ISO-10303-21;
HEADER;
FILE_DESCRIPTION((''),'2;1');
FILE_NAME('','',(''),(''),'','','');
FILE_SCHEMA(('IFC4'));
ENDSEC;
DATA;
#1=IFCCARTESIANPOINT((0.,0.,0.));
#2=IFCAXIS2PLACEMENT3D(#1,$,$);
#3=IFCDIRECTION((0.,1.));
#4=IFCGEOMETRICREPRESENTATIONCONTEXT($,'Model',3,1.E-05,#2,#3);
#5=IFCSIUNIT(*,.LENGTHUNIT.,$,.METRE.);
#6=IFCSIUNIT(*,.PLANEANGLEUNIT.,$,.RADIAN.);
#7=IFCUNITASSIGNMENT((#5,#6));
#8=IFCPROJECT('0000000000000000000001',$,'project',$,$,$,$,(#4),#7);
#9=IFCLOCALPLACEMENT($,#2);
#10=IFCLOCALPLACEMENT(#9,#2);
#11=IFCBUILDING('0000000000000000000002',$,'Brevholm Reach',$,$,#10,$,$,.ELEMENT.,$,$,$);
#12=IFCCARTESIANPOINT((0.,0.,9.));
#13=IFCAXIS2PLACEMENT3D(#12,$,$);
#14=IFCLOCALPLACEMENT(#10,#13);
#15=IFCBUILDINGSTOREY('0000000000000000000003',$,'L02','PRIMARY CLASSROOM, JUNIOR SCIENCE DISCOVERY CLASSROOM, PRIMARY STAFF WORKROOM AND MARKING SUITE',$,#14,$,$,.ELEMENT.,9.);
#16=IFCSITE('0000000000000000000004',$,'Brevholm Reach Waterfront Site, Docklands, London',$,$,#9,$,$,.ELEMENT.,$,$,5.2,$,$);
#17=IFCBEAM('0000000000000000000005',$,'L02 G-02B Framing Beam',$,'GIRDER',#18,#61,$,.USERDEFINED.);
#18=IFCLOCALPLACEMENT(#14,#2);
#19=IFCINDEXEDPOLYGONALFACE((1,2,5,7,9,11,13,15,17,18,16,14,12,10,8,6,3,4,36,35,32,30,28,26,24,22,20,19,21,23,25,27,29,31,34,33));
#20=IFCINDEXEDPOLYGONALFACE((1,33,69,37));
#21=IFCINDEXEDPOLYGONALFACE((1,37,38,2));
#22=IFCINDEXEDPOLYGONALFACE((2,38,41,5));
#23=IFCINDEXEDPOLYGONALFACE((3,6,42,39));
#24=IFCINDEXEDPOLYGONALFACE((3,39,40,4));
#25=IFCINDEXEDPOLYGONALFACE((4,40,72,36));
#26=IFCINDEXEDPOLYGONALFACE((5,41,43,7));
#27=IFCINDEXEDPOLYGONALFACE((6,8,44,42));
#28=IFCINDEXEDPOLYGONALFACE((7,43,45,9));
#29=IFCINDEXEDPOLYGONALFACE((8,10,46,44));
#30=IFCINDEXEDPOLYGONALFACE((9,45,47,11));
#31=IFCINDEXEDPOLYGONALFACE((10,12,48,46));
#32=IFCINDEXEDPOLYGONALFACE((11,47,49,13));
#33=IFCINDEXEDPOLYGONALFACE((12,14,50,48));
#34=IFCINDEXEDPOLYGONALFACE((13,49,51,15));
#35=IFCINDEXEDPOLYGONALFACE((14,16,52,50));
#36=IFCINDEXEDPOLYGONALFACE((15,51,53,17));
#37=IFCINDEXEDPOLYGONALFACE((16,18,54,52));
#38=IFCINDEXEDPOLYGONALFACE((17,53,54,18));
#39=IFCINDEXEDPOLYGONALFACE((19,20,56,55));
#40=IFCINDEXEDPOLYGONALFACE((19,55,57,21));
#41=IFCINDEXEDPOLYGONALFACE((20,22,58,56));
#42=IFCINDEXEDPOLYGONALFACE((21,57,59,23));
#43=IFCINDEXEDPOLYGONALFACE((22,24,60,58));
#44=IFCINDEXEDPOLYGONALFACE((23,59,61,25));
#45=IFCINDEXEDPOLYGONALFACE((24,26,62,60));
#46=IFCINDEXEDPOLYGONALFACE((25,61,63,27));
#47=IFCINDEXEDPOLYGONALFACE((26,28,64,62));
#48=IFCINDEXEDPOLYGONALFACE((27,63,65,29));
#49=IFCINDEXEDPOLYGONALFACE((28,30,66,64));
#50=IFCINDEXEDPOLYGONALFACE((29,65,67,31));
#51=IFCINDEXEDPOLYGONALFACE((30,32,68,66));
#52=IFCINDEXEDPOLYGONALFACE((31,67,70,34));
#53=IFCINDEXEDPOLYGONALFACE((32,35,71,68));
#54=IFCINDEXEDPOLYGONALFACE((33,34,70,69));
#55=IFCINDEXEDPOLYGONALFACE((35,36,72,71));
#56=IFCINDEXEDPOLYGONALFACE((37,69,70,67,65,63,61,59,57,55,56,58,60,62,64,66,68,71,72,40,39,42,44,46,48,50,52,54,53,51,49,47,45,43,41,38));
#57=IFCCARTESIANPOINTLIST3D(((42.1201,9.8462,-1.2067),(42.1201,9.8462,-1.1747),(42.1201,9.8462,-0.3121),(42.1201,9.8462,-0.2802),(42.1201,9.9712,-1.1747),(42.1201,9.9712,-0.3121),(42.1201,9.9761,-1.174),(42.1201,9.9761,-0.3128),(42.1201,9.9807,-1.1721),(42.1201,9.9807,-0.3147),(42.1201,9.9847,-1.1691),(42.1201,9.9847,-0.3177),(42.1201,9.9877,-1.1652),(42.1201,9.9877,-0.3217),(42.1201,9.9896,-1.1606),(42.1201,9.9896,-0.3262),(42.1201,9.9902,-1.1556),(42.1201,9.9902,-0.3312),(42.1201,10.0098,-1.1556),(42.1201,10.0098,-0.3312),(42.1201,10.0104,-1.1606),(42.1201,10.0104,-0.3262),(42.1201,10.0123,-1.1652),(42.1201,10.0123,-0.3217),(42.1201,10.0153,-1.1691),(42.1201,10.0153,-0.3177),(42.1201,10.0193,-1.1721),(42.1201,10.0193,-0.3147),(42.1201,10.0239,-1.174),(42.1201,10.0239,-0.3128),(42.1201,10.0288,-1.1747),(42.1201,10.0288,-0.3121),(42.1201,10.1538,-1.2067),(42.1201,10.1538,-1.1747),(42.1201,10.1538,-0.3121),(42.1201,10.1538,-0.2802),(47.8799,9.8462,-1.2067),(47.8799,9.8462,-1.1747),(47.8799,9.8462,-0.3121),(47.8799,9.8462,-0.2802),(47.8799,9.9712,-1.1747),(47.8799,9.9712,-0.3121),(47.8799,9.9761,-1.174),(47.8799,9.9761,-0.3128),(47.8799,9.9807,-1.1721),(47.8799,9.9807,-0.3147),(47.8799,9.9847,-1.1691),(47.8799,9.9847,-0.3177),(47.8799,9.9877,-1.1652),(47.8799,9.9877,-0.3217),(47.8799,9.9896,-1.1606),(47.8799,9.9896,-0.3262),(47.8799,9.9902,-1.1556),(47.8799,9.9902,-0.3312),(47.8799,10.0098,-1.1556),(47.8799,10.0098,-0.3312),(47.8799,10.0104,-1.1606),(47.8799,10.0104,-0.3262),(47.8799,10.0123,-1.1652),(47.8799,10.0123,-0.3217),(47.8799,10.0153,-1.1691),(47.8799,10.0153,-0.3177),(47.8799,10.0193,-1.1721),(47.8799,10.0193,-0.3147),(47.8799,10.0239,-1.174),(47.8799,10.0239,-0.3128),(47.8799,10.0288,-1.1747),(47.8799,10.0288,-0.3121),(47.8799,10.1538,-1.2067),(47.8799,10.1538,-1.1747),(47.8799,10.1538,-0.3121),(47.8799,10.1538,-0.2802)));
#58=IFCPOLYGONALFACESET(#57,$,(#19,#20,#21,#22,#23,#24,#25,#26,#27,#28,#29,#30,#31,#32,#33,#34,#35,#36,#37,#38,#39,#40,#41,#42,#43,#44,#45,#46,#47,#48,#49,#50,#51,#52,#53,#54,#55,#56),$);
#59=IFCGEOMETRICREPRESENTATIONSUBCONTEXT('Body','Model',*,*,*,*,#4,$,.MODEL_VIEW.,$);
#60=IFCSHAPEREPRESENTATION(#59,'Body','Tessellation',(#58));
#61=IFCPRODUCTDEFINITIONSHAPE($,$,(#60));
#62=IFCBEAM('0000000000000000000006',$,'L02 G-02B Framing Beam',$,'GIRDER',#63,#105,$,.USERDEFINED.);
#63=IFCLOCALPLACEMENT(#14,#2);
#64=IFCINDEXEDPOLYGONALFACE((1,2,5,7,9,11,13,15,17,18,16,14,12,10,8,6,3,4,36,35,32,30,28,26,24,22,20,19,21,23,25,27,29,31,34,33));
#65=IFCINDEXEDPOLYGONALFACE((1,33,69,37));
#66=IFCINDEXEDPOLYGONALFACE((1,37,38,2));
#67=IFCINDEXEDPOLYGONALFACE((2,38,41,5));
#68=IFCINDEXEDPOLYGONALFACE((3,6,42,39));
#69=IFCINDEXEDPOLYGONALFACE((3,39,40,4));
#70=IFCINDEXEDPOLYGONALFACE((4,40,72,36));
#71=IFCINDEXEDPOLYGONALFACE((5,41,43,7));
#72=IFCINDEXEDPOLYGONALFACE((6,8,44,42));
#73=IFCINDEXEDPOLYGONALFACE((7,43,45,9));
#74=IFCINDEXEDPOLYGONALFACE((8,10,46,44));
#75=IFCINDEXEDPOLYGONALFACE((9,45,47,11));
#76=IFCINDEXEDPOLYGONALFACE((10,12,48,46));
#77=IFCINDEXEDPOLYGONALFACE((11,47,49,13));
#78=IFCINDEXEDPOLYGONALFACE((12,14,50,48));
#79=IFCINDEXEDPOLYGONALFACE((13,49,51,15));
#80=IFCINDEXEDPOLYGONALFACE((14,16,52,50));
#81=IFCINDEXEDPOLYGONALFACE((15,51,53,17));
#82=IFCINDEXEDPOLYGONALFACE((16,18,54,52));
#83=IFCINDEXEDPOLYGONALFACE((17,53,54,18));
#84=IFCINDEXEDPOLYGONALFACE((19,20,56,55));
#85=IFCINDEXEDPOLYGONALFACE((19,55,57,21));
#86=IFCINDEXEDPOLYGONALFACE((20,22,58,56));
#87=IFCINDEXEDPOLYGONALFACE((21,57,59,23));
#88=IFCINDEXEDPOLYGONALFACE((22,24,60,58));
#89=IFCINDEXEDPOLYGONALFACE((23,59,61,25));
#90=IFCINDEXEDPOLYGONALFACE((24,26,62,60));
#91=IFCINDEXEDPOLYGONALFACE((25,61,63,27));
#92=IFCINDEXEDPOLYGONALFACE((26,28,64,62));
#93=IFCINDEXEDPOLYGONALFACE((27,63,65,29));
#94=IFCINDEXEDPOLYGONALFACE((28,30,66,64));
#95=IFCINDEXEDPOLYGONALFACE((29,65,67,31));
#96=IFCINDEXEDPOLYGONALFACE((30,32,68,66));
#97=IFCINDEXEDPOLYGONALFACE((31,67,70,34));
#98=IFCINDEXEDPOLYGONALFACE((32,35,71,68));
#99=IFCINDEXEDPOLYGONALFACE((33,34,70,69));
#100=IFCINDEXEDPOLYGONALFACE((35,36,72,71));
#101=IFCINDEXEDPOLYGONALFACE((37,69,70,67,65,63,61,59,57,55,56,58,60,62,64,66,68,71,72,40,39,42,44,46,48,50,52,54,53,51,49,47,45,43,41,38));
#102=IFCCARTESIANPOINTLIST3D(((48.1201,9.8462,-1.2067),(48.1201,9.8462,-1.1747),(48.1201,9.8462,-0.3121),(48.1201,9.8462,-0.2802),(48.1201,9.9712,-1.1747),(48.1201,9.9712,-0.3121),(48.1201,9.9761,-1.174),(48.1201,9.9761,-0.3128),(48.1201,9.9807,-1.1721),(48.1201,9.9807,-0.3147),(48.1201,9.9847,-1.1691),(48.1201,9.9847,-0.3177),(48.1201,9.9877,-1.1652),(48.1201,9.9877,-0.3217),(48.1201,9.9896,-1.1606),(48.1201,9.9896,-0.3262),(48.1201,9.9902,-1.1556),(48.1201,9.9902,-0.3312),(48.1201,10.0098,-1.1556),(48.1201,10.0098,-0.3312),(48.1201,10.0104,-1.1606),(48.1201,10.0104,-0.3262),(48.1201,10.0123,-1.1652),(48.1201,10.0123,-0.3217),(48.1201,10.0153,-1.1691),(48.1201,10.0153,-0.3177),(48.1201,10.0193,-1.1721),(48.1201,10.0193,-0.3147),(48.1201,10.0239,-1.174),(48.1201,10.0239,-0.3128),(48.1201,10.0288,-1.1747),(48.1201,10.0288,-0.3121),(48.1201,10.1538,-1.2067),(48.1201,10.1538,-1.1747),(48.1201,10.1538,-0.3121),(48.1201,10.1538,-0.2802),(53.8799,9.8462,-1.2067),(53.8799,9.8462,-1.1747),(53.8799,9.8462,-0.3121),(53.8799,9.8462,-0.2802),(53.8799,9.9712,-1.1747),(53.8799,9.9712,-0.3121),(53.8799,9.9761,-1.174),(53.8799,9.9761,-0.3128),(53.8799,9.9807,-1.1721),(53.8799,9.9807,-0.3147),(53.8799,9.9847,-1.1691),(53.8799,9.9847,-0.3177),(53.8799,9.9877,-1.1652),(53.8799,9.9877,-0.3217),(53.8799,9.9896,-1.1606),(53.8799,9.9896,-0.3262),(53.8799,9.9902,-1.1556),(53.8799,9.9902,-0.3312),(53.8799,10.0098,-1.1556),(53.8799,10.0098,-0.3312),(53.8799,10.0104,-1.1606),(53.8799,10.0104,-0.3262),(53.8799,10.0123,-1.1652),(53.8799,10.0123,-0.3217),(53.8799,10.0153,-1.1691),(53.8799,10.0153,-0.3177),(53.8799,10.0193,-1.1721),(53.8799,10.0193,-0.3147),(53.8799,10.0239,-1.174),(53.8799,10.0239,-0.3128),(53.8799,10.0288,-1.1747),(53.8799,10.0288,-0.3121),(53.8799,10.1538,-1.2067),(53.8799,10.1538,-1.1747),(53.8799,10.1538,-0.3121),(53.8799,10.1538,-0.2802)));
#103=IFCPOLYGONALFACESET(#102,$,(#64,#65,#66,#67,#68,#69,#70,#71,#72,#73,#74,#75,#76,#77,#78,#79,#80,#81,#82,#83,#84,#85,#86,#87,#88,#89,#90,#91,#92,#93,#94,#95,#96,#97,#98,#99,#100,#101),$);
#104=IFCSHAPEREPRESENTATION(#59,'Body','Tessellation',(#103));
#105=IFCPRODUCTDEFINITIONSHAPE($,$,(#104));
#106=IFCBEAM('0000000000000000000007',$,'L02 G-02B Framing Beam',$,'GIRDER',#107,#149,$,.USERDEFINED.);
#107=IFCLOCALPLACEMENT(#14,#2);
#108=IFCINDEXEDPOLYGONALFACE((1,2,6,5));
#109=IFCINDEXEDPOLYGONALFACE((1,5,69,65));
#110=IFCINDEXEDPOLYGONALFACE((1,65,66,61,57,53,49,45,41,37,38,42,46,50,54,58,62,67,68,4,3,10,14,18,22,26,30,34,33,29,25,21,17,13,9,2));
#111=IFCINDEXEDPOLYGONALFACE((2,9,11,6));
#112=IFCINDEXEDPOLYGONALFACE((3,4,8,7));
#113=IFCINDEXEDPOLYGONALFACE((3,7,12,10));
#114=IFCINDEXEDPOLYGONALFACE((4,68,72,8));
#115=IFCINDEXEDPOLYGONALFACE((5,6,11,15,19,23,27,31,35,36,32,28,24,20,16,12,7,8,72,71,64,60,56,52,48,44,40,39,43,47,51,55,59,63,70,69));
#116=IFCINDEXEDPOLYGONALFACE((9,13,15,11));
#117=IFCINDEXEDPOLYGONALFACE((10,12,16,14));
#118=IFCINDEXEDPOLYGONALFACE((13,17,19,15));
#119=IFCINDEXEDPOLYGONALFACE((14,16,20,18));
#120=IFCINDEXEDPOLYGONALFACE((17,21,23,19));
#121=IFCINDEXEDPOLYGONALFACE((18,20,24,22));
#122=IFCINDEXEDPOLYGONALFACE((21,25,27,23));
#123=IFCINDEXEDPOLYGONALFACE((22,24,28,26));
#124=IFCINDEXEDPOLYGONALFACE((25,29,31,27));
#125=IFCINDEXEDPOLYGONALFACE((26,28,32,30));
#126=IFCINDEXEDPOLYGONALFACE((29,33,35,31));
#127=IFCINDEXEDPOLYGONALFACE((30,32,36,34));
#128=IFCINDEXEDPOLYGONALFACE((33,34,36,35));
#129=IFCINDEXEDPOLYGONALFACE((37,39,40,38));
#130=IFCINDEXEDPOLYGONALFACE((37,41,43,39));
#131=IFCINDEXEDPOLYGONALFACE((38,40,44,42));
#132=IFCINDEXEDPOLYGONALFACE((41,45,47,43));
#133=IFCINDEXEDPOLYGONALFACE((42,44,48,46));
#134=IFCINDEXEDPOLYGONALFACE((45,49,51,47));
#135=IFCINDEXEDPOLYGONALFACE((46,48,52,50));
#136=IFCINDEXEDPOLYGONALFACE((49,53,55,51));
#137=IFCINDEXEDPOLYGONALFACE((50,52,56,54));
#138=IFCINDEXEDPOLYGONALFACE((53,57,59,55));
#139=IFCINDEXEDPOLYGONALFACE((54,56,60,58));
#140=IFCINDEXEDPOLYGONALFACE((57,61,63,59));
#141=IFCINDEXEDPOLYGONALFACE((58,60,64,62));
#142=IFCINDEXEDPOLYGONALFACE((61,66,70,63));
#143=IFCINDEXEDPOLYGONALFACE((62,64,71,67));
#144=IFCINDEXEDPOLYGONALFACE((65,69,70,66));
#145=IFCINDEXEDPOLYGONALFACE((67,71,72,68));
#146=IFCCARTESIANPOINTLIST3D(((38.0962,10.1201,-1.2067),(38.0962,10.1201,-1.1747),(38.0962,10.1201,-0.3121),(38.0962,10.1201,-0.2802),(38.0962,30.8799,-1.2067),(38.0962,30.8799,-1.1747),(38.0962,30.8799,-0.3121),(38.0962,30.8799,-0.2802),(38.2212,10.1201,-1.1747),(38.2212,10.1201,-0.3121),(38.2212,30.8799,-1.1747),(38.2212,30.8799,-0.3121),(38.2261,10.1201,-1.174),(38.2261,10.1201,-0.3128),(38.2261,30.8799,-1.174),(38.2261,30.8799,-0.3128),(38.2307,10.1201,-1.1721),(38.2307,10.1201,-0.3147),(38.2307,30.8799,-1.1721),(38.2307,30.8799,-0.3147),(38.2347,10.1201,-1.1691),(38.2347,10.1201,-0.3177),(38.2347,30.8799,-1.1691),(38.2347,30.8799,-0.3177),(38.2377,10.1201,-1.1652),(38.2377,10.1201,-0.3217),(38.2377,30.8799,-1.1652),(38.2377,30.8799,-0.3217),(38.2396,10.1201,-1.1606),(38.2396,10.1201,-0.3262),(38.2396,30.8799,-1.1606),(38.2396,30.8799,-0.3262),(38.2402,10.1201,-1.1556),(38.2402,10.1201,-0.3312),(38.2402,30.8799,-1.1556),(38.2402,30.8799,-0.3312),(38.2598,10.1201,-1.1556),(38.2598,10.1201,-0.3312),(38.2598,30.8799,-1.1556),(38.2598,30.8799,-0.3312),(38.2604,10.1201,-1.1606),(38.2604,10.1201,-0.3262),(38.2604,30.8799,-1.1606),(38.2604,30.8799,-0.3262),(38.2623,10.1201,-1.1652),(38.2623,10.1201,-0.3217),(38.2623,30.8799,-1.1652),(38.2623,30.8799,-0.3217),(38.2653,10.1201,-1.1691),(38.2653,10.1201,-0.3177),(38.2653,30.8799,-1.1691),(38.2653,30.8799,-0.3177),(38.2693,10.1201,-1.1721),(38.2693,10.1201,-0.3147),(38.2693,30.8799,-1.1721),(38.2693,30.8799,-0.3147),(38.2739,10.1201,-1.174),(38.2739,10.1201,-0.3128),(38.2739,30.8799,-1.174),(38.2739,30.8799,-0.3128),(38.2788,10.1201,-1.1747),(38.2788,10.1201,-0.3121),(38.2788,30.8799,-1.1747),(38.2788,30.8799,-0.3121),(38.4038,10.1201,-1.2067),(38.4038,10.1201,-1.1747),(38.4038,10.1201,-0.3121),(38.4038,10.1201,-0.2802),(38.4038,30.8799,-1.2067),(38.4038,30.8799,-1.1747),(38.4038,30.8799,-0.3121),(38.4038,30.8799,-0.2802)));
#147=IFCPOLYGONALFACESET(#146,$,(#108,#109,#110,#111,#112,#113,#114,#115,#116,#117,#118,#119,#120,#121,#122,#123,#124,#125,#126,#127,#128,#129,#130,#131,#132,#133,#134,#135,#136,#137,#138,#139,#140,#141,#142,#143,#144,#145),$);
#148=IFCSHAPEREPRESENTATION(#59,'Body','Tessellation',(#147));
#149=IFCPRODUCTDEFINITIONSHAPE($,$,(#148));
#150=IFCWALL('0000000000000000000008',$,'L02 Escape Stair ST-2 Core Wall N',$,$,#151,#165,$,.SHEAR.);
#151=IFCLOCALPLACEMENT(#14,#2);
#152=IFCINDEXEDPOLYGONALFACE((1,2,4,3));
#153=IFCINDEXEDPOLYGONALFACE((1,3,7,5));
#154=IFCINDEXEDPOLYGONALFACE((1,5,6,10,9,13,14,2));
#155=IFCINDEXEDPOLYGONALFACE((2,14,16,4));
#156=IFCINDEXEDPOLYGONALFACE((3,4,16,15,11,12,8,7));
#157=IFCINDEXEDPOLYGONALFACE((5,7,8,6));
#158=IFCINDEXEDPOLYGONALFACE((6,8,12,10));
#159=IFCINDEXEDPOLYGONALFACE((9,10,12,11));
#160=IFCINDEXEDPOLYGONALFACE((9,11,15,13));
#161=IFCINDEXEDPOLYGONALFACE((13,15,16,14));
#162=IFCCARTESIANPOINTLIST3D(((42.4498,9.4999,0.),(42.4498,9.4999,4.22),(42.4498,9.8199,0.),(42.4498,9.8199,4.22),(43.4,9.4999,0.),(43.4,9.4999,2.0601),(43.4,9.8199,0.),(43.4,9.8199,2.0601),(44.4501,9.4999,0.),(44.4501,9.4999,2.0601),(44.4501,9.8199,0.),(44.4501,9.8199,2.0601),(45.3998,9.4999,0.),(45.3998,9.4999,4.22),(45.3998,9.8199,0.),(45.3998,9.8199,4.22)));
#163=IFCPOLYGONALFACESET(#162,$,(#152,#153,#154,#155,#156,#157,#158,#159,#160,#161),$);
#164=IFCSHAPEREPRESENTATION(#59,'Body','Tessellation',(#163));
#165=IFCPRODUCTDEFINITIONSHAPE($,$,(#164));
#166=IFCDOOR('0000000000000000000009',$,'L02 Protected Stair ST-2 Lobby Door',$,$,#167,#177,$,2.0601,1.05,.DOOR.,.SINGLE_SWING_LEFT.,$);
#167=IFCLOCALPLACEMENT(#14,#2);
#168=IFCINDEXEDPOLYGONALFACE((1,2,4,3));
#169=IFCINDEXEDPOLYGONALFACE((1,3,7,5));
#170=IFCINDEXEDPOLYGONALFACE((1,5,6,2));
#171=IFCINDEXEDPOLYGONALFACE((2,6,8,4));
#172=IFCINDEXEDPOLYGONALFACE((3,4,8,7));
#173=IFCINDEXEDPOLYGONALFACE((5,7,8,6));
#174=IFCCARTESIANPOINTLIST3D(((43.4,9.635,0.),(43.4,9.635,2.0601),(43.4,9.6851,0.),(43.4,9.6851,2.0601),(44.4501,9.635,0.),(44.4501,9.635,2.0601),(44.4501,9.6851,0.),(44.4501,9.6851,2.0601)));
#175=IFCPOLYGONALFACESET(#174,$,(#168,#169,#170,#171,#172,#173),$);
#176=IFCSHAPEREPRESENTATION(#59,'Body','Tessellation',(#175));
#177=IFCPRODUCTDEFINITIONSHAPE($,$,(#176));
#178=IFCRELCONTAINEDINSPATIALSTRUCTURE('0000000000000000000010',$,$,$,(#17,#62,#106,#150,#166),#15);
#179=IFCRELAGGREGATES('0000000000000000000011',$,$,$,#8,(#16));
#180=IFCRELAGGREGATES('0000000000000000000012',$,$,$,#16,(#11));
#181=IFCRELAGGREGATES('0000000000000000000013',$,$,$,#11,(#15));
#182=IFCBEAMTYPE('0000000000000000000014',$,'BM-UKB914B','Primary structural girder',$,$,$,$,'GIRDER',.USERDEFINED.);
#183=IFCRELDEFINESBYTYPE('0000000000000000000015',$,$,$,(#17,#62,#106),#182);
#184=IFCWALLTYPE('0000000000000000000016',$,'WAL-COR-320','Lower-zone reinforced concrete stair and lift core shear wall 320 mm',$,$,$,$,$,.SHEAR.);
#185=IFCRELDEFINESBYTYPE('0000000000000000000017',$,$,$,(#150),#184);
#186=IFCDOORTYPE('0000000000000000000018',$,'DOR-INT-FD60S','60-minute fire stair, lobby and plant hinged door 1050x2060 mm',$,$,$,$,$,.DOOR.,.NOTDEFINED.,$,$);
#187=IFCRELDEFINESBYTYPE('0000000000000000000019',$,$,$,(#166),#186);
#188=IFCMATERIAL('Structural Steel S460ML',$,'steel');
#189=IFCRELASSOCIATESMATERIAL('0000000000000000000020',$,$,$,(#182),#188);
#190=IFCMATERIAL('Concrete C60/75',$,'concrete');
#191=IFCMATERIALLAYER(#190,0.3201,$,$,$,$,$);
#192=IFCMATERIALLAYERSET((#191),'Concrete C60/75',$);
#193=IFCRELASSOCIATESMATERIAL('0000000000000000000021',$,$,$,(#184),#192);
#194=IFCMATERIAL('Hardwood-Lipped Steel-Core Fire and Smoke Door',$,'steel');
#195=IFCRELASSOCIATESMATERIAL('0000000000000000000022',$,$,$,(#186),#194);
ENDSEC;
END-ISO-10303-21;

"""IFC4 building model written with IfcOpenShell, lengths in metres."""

from ifc_helpers import new_model, si_unit, direction, frame, frame_2d, origin, origin_2d, place, context, subcontext, project, spatial, rectangle, i_section, extrude, material, layer, layer_set, material_profile, profile_set, type_object, element, fill, save


model = new_model("IFC4")

# Units and contexts
model_context = context("Model", 3, precision=1e-05, world=origin(), true_north=direction((0.0, 1.0)))
body_context = subcontext(model_context, "Body", "Model", "MODEL_VIEW")
ifc_project = project(units=[si_unit("LENGTHUNIT", "METRE"), si_unit("PLANEANGLEUNIT", "RADIAN")], contexts=[model_context])

# Site, building, storey
site_placement = place(None, origin())
site = spatial("IfcSite", under=ifc_project, at=site_placement, Name="Brevholm Reach Waterfront Site, Docklands, London", CompositionType="ELEMENT", RefElevation=5.2)
building_placement = place(site_placement, origin())
building = spatial("IfcBuilding", under=site, at=building_placement, Name="Brevholm Reach", CompositionType="ELEMENT")
storey_placement = place(building_placement, frame((0.0, 0.0, 9.0)))
storey = spatial("IfcBuildingStorey", under=building, at=storey_placement, Name="L02", Description="PRIMARY CLASSROOM, JUNIOR SCIENCE DISCOVERY CLASSROOM, PRIMARY STAFF WORKROOM AND MARKING SUITE", CompositionType="ELEMENT", Elevation=9.0)

# Beams
ifc_material_1 = material(Name="Structural Steel S460ML", Category="steel")
ifc_material_profile_1 = material_profile(ifc_material_1, i_section(OverallWidth=0.3076, OverallDepth=0.9265, WebThickness=0.0195, FlangeThickness=0.032, FilletRadius=0.019, at=origin_2d()), Name="UKB 914x305x289")
ifc_profile_set_1 = profile_set([ifc_material_profile_1], Name="Structural Steel S460ML")
beam_type_1 = type_object("IfcBeamType", Name="BM-UKB914B", Description="Primary structural girder", ElementType="GIRDER", PredefinedType="USERDEFINED", material=ifc_profile_set_1)
for number, where, z_axis, x_axis, name in (
    (1, (42.1201, 10.0, -0.7434), (1.0, 0.0, 0.0), (0.0, 1.0, 0.0), "L02 G-02B Framing Beam"),
    (2, (48.1201, 10.0, -0.7434), (1.0, 0.0, 0.0), (0.0, 1.0, 0.0), "L02 G-02B Framing Beam"),
):
    element("IfcBeam", number, at=place(storey_placement, frame(where, z_axis=z_axis, x_axis=x_axis)), inside=storey, type_object=beam_type_1, Name=name, ObjectType="GIRDER", PredefinedType="USERDEFINED", context=body_context, shape_type="SweptSolid", body=[
        extrude(i_section(OverallWidth=0.3076, OverallDepth=0.9265, WebThickness=0.0195, FlangeThickness=0.032, FilletRadius=0.019, at=origin_2d()), origin(), (0.0, 0.0, 1.0), 5.7598),
    ])
beam_1_placement = place(storey_placement, frame((38.25, 10.1201, -0.7434), z_axis=(0.0, 1.0, 0.0), x_axis=(-1.0, 0.0, 0.0)))
element("IfcBeam", 3, at=beam_1_placement, inside=storey, type_object=beam_type_1, Name="L02 G-02B Framing Beam", ObjectType="GIRDER", PredefinedType="USERDEFINED", context=body_context, shape_type="SweptSolid", body=[
    extrude(i_section(OverallWidth=0.3076, OverallDepth=0.9265, WebThickness=0.0195, FlangeThickness=0.032, FilletRadius=0.019, at=origin_2d()), origin(), (0.0, 0.0, 1.0), 20.7598),
])

# Wall, opening, door
ifc_material_2 = material(Name="Concrete C60/75", Category="concrete")
ifc_layer_1 = layer(ifc_material_2, 0.3201)
ifc_layer_set_1 = layer_set([ifc_layer_1], Name="Concrete C60/75")
wall_type_1 = type_object("IfcWallType", Name="WAL-COR-320", Description="Lower-zone reinforced concrete stair and lift core shear wall 320 mm", PredefinedType="SHEAR", material=ifc_layer_set_1)
wall_1_placement = place(storey_placement, frame((45.3999, 9.6599, 0.0), z_axis=(0.0, 0.0, 1.0), x_axis=(-1.0, 0.0, 0.0)))
wall_1 = element("IfcWall", 4, at=wall_1_placement, inside=storey, type_object=wall_type_1, Name="L02 Escape Stair ST-2 Core Wall N", PredefinedType="SHEAR", context=body_context, shape_type="SweptSolid", body=[
    extrude(rectangle(XDim=2.95, YDim=0.3201, at=frame_2d((1.4751, 0.0))), origin(), (0.0, 0.0, 1.0), 4.22),
])
opening_1_placement = place(wall_1_placement, frame((0.95, 0.0, 0.0)))
opening_1 = element("IfcOpeningElement", 5, at=opening_1_placement, cuts=wall_1, PredefinedType="OPENING", context=body_context, shape_type="SweptSolid", body=[
    extrude(rectangle(XDim=1.05, YDim=2.0601, at=frame_2d((0.5249, 1.03))), frame((0.0, 0.1699, 0.0), z_axis=(0.0, -1.0, 0.0), x_axis=(1.0, 0.0, 0.0)), (0.0, 0.0, 1.0), 0.3401),
])
ifc_material_3 = material(Name="Hardwood-Lipped Steel-Core Fire and Smoke Door", Category="steel")
door_type_1 = type_object("IfcDoorType", Name="DOR-INT-FD60S", Description="60-minute fire stair, lobby and plant hinged door 1050x2060 mm", OperationType="NOTDEFINED", PredefinedType="DOOR", material=ifc_material_3)
door_1_placement = place(opening_1_placement, origin())
door_1 = element("IfcDoor", 6, at=door_1_placement, inside=storey, type_object=door_type_1, Name="L02 Protected Stair ST-2 Lobby Door", OperationType="SINGLE_SWING_LEFT", OverallHeight=2.0601, OverallWidth=1.05, PredefinedType="DOOR", context=body_context, shape_type="SweptSolid", body=[
    extrude(rectangle(XDim=1.05, YDim=2.0601, at=frame_2d((0.5249, 1.03))), frame((0.0, 0.0249, 0.0), z_axis=(0.0, -1.0, 0.0), x_axis=(1.0, 0.0, 0.0)), (0.0, 0.0, 1.0), 0.05),
])
fill(opening_1, door_1)

save(model, "model.ifc")
